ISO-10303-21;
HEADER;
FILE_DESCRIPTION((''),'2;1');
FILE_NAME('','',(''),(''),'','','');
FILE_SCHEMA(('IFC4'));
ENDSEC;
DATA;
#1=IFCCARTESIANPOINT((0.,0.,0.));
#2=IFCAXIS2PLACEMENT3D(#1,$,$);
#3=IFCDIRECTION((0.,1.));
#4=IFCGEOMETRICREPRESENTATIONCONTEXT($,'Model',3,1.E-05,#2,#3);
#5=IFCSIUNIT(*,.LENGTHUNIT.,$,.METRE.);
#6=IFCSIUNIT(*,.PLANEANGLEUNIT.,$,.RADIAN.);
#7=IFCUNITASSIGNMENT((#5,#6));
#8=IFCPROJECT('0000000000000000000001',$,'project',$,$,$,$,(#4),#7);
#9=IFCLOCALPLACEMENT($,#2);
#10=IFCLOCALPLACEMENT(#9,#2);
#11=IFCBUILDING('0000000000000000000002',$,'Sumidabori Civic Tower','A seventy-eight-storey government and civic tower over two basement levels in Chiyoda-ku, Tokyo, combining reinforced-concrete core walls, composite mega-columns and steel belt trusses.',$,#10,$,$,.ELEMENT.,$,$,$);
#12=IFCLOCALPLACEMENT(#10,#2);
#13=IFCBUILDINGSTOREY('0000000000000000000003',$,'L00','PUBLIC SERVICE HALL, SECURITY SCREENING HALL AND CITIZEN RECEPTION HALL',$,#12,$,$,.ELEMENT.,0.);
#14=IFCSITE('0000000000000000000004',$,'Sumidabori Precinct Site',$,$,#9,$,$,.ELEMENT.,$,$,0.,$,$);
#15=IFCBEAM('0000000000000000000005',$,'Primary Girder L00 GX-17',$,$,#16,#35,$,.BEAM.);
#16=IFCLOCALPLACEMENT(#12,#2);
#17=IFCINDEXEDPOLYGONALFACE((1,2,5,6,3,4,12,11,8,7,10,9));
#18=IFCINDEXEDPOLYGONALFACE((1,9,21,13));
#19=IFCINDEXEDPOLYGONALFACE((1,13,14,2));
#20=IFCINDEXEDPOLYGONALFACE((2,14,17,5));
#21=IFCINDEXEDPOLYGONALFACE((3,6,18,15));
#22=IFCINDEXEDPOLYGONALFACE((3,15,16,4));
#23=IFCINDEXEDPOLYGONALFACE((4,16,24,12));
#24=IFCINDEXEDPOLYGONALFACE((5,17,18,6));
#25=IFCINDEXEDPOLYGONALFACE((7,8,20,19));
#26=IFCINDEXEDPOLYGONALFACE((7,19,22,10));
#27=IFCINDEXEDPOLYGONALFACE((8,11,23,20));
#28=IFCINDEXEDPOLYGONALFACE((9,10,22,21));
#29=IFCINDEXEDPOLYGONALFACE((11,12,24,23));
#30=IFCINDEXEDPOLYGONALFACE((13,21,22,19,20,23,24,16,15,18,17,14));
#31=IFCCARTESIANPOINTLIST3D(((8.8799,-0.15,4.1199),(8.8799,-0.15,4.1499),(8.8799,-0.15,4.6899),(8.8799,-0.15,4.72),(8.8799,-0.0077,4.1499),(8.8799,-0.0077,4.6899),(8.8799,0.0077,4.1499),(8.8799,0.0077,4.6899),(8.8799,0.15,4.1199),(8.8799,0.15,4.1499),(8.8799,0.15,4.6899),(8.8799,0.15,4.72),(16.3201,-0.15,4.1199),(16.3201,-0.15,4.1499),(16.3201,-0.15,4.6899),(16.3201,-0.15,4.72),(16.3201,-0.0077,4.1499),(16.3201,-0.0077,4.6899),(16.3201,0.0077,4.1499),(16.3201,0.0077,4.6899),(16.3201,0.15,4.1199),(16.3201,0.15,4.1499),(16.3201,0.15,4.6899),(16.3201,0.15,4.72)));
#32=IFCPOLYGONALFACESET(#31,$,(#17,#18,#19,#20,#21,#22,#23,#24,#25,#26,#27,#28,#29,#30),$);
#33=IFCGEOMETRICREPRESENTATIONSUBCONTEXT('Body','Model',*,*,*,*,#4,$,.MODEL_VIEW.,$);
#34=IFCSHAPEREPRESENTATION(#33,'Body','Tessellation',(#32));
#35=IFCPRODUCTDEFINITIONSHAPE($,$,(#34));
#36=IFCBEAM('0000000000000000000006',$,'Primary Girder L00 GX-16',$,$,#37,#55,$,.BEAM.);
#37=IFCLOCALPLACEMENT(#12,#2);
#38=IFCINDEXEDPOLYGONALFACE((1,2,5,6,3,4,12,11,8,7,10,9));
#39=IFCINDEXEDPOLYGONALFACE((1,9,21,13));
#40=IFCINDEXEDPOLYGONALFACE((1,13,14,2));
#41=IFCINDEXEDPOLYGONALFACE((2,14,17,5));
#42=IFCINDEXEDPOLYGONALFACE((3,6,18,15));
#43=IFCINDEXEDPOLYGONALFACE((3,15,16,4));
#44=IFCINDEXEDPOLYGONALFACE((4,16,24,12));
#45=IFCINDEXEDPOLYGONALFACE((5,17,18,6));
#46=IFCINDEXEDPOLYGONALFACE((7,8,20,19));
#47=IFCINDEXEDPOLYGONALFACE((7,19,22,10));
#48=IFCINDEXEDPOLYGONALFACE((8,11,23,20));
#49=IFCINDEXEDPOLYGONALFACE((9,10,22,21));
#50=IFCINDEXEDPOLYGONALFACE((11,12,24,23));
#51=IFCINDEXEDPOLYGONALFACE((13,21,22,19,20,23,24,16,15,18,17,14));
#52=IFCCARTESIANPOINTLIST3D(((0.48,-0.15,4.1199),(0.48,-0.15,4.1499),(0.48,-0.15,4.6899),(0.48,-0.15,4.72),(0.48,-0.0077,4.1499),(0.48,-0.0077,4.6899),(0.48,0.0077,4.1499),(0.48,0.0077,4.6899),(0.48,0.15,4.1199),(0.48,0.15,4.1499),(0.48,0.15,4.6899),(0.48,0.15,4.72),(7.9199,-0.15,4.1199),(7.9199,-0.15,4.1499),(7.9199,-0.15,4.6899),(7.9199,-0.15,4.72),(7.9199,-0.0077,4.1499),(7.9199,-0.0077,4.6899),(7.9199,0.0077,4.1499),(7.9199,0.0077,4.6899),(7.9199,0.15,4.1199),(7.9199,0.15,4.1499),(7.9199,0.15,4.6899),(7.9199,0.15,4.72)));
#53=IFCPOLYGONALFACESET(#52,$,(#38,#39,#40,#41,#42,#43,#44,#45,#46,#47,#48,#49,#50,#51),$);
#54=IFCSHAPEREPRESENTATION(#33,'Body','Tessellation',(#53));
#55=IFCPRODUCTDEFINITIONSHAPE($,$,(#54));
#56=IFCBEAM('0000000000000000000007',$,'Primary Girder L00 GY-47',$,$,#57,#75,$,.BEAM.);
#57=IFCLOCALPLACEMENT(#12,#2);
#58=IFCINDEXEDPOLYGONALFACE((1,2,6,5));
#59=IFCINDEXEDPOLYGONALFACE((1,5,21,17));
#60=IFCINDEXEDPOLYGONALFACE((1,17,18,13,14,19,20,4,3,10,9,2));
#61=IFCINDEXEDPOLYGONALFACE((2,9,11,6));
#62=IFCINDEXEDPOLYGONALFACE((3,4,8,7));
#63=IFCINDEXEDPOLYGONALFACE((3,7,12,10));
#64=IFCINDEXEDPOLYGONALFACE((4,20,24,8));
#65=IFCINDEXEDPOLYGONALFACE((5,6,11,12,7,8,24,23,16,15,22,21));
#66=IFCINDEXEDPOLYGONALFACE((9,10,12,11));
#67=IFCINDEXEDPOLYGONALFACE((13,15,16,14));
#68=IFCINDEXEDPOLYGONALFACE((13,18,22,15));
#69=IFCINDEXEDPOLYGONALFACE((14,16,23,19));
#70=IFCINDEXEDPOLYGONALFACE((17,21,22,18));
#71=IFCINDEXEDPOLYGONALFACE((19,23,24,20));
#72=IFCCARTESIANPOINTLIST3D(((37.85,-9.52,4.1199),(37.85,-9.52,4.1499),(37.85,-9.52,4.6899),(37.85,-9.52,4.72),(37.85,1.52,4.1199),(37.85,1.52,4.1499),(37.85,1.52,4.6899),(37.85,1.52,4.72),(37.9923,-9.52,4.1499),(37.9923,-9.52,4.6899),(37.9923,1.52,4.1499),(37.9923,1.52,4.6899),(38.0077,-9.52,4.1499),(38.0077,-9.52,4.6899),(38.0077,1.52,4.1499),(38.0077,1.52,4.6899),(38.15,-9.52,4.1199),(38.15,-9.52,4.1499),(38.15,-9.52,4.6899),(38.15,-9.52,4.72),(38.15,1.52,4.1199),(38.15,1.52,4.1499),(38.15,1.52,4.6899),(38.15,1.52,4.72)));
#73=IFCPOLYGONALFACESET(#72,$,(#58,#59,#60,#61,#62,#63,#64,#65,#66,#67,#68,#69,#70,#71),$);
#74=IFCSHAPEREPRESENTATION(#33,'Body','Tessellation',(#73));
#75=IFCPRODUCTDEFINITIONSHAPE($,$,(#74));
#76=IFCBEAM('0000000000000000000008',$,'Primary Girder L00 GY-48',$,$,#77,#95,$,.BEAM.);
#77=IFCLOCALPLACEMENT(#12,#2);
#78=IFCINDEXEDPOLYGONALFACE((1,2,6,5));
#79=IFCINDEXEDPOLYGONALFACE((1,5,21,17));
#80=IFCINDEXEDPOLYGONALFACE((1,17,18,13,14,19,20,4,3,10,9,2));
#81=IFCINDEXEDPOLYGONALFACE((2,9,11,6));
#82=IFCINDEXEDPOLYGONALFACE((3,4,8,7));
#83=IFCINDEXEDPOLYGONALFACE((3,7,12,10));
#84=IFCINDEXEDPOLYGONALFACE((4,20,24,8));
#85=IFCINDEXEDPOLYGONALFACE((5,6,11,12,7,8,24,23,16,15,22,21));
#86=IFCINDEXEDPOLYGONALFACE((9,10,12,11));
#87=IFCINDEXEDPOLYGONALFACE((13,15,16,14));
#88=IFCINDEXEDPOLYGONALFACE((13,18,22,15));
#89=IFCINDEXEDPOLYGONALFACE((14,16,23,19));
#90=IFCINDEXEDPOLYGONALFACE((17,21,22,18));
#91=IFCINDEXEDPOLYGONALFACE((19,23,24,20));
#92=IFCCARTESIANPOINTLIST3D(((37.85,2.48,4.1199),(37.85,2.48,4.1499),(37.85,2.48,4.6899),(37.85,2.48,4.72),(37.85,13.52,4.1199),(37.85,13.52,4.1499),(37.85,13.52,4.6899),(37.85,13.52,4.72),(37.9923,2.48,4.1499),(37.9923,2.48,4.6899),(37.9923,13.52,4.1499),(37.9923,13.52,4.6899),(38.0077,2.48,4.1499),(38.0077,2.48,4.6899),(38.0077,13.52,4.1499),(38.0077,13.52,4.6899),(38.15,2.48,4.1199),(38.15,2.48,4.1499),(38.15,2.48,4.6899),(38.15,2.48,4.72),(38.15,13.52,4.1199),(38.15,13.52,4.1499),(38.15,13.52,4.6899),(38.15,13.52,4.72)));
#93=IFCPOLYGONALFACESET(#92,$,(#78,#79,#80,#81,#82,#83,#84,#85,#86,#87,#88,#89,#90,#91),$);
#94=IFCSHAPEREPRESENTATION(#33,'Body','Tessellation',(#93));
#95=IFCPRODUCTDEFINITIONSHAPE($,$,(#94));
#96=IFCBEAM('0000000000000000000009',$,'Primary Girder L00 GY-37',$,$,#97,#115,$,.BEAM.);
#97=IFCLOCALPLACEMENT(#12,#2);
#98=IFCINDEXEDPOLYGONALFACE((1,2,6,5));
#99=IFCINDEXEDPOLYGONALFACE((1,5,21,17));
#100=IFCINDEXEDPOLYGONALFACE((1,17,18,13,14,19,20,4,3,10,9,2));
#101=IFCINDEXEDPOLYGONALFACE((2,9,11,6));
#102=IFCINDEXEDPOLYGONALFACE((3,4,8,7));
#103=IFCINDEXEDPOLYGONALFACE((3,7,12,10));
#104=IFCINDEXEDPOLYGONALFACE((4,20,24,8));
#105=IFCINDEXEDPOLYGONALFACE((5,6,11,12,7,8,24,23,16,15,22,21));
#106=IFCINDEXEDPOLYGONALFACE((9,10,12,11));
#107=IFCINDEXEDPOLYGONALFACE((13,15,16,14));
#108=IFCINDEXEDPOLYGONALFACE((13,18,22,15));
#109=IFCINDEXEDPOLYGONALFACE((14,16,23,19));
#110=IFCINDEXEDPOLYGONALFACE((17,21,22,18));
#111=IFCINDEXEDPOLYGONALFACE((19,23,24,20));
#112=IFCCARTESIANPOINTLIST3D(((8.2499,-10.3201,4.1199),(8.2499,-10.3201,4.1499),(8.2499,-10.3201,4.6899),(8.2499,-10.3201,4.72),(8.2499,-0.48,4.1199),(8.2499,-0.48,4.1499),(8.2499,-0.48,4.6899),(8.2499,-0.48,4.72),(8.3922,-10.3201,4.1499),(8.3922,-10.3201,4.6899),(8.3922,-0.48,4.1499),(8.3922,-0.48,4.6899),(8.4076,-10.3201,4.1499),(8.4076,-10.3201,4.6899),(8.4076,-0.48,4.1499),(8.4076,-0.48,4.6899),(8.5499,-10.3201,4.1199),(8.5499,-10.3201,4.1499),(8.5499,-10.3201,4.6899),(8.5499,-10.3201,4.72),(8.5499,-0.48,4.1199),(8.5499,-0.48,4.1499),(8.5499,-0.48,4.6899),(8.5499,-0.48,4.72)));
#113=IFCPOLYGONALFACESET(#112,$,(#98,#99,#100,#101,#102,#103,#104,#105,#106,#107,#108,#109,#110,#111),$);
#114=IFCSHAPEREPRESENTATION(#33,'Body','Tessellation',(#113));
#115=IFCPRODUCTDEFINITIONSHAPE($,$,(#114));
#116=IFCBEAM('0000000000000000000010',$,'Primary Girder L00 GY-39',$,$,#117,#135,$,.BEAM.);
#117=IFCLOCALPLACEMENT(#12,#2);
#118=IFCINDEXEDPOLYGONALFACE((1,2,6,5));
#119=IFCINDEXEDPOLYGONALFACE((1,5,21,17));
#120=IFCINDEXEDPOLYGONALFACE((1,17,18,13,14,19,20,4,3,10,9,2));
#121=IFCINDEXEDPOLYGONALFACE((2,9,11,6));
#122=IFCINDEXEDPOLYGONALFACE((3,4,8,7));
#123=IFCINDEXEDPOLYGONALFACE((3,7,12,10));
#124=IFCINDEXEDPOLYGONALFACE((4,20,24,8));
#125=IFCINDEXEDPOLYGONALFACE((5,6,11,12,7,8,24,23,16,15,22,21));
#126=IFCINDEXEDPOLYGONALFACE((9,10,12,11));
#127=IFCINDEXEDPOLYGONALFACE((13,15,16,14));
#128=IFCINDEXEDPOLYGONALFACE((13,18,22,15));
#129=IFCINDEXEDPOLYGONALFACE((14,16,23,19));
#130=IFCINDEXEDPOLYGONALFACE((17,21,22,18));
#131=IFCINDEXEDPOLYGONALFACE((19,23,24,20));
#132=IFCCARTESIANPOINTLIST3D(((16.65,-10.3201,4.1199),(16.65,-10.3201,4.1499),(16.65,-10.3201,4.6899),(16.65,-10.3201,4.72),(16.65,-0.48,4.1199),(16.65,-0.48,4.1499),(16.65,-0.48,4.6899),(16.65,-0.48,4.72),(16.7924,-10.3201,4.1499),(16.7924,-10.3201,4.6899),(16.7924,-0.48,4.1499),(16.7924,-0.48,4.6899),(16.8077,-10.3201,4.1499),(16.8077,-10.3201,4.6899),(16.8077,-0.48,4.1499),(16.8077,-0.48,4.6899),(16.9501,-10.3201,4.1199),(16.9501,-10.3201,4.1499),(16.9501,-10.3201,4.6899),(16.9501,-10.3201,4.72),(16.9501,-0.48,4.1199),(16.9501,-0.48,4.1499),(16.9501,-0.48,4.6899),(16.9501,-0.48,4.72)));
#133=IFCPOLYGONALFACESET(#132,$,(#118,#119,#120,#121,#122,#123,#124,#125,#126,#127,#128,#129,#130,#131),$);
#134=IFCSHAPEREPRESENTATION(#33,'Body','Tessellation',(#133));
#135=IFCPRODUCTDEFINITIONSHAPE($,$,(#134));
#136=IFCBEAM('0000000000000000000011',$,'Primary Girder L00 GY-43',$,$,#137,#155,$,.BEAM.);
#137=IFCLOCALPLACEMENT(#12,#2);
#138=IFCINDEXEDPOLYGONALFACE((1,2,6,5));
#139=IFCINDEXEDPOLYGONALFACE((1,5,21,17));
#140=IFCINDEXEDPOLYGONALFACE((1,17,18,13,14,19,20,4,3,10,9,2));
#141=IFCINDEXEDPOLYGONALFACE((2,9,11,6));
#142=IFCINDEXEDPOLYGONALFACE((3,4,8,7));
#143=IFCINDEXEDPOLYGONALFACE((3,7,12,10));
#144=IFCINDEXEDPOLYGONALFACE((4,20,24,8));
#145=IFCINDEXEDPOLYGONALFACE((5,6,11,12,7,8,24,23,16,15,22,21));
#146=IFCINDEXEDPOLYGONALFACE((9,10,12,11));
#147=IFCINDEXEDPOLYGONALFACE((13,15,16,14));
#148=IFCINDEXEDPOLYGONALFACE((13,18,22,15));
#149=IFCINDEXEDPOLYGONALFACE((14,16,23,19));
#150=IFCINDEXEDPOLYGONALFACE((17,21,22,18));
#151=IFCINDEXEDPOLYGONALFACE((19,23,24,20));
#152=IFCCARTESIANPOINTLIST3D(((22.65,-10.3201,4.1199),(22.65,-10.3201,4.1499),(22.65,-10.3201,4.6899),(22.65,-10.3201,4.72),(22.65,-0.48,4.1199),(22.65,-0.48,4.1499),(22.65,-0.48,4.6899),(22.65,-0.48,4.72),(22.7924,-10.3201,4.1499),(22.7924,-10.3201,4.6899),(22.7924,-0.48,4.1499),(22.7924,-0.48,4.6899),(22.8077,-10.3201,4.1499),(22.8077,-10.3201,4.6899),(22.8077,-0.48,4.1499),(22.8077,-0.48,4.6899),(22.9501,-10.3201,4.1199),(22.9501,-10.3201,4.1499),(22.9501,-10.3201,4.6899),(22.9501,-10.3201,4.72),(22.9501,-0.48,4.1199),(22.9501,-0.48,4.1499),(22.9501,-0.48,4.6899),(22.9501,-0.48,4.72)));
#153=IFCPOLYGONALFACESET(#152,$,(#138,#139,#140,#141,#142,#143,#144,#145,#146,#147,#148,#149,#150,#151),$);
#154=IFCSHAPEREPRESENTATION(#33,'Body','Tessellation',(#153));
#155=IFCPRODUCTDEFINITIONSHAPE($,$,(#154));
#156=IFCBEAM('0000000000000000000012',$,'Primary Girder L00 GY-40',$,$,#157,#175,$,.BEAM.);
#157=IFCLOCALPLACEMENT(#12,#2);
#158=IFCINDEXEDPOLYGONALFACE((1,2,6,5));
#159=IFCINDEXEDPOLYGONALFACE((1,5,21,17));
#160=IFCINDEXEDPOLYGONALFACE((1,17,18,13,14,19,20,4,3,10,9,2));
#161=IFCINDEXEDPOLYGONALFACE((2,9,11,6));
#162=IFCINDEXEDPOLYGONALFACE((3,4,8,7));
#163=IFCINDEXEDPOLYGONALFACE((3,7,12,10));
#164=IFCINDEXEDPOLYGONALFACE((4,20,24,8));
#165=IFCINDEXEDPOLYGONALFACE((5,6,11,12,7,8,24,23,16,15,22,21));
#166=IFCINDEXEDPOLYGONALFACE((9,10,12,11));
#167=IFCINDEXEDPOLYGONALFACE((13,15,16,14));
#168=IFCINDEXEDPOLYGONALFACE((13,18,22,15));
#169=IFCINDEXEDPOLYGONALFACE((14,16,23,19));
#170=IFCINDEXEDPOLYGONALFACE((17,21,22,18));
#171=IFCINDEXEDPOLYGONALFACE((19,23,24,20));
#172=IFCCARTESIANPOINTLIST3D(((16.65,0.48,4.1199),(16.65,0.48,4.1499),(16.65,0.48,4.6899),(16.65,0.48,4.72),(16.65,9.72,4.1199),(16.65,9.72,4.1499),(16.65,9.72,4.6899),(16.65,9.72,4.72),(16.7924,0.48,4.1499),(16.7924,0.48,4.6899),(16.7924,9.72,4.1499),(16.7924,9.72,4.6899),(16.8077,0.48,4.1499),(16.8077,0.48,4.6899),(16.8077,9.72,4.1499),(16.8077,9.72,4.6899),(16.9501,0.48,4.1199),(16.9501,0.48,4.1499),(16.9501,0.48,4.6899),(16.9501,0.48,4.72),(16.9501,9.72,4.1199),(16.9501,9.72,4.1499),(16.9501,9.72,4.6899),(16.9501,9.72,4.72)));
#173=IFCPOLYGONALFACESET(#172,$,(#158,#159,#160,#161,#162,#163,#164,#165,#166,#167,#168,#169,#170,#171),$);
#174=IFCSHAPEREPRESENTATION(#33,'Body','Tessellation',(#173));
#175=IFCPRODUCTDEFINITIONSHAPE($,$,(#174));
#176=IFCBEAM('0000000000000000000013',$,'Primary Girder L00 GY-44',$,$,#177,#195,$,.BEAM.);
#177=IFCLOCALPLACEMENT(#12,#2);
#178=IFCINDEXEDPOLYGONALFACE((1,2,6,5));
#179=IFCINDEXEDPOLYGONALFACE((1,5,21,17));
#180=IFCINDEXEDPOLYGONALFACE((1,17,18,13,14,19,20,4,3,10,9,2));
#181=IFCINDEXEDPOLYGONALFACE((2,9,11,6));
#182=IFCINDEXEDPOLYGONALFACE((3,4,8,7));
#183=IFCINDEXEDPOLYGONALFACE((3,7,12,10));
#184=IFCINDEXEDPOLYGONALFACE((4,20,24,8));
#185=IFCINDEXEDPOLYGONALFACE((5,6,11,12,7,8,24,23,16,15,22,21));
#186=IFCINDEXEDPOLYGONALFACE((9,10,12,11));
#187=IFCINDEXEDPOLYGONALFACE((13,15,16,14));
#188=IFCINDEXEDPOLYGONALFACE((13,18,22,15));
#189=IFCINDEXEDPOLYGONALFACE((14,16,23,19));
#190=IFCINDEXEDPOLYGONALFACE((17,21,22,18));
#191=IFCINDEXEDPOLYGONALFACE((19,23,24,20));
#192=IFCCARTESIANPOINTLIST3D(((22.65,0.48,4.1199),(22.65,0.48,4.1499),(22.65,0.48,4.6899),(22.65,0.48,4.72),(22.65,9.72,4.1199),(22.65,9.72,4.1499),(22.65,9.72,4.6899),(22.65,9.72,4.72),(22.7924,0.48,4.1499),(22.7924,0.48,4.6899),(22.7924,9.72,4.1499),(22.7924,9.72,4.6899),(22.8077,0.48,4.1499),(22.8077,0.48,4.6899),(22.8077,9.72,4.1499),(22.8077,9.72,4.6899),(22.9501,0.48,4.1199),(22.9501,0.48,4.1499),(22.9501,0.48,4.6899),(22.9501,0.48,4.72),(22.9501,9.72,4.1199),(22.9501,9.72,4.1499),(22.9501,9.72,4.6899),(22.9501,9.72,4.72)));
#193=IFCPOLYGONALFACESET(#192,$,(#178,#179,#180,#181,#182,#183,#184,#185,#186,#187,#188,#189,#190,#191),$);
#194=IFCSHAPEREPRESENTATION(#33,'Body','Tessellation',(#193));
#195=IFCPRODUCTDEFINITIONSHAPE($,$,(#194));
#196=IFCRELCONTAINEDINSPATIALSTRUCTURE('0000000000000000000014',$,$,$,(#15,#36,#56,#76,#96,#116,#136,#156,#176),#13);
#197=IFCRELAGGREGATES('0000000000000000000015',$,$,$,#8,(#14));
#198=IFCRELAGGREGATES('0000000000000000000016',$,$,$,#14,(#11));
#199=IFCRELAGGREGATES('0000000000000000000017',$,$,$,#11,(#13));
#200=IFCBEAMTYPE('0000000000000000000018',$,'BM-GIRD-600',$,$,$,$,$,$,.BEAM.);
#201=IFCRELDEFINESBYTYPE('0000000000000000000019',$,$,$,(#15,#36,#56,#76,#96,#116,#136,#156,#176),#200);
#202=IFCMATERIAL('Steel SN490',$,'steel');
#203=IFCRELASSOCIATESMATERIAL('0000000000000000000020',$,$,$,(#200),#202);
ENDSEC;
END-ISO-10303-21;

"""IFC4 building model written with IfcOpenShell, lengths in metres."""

from ifc_helpers import new_model, si_unit, direction, frame, origin, origin_2d, place, context, subcontext, project, spatial, i_section, extrude, source, transform, mapped, material, material_profile, profile_set, type_object, element, save


model = new_model("IFC4")

# Units and contexts
model_context = context("Model", 3, precision=1e-05, world=origin(), true_north=direction((0.0, 1.0)))
body_context = subcontext(model_context, "Body", "Model", "MODEL_VIEW")
ifc_project = project(units=[si_unit("LENGTHUNIT", "METRE"), si_unit("PLANEANGLEUNIT", "RADIAN")], contexts=[model_context])

# Site, building, storey
site_placement = place(None, origin())
site = spatial("IfcSite", under=ifc_project, at=site_placement, Name="Sumidabori Precinct Site", CompositionType="ELEMENT", RefElevation=0.0)
building_placement = place(site_placement, origin())
building = spatial("IfcBuilding", under=site, at=building_placement, Name="Sumidabori Civic Tower", Description="A seventy-eight-storey government and civic tower over two basement levels in Chiyoda-ku, Tokyo, combining reinforced-concrete core walls, composite mega-columns and steel belt trusses.", CompositionType="ELEMENT")
storey_placement = place(building_placement, origin())
storey = spatial("IfcBuildingStorey", under=building, at=storey_placement, Name="L00", Description="PUBLIC SERVICE HALL, SECURITY SCREENING HALL AND CITIZEN RECEPTION HALL", CompositionType="ELEMENT", Elevation=0.0)

# Beams
ifc_material_1 = material(Name="Steel SN490", Category="steel")
ifc_material_profile_1 = material_profile(ifc_material_1, i_section(OverallWidth=0.3, OverallDepth=0.6001, WebThickness=0.0154, FlangeThickness=0.03, at=origin_2d()), Name="HE 600 B")
ifc_profile_set_1 = profile_set([ifc_material_profile_1], Name="Steel SN490")
beam_type = type_object("IfcBeamType", Name="BM-GIRD-600", PredefinedType="BEAM", material=ifc_profile_set_1)
shared_shape_1 = source(origin(), body_context, "Body", "SweptSolid", [
    extrude(i_section(OverallWidth=0.3, OverallDepth=0.6001, WebThickness=0.0154, FlangeThickness=0.03, at=origin_2d()), origin(), (0.0, 0.0, 1.0), 7.4402),
])
for number, where, z_axis, x_axis, name in (
    (1, (8.8799, 0.0, 4.4199), (1.0, 0.0, 0.0), (0.0, 1.0, 0.0), "Primary Girder L00 GX-17"),
):
    element("IfcBeam", number, at=place(storey_placement, frame(where, z_axis=z_axis, x_axis=x_axis)), inside=storey, type_object=beam_type, Name=name, PredefinedType="BEAM", context=body_context, shape_type="MappedRepresentation", body=[
        mapped(shared_shape_1, transform((0.0, 0.0, 0.0), x_axis=(1.0, 0.0, 0.0), y_axis=(0.0, 1.0, 0.0), z_axis=(0.0, 0.0, 1.0), scale=1.0)),
    ])
shared_shape_2 = source(origin(), body_context, "Body", "SweptSolid", [
    extrude(i_section(OverallWidth=0.3, OverallDepth=0.6001, WebThickness=0.0154, FlangeThickness=0.03, at=origin_2d()), origin(), (0.0, 0.0, 1.0), 7.4399),
])
beam_placement = place(storey_placement, frame((0.48, 0.0, 4.4199), z_axis=(1.0, 0.0, 0.0), x_axis=(0.0, 1.0, 0.0)))
element("IfcBeam", 2, at=beam_placement, inside=storey, type_object=beam_type, Name="Primary Girder L00 GX-16", PredefinedType="BEAM", context=body_context, shape_type="MappedRepresentation", body=[
    mapped(shared_shape_2, transform((0.0, 0.0, 0.0), x_axis=(1.0, 0.0, 0.0), y_axis=(0.0, 1.0, 0.0), z_axis=(0.0, 0.0, 1.0), scale=1.0)),
])
shared_shape_3 = source(origin(), body_context, "Body", "SweptSolid", [
    extrude(i_section(OverallWidth=0.3, OverallDepth=0.6001, WebThickness=0.0154, FlangeThickness=0.03, at=origin_2d()), origin(), (0.0, 0.0, 1.0), 11.04),
])
for number, where, z_axis, x_axis, name in (
    (3, (38.0, -9.52, 4.4199), (0.0, 1.0, 0.0), (-1.0, 0.0, 0.0), "Primary Girder L00 GY-47"),
    (4, (38.0, 2.48, 4.4199), (0.0, 1.0, 0.0), (-1.0, 0.0, 0.0), "Primary Girder L00 GY-48"),
):
    element("IfcBeam", number, at=place(storey_placement, frame(where, z_axis=z_axis, x_axis=x_axis)), inside=storey, type_object=beam_type, Name=name, PredefinedType="BEAM", context=body_context, shape_type="MappedRepresentation", body=[
        mapped(shared_shape_3, transform((0.0, 0.0, 0.0), x_axis=(1.0, 0.0, 0.0), y_axis=(0.0, 1.0, 0.0), z_axis=(0.0, 0.0, 1.0), scale=1.0)),
    ])
shared_shape_4 = source(origin(), body_context, "Body", "SweptSolid", [
    extrude(i_section(OverallWidth=0.3, OverallDepth=0.6001, WebThickness=0.0154, FlangeThickness=0.03, at=origin_2d()), origin(), (0.0, 0.0, 1.0), 9.8401),
])
for number, where, z_axis, x_axis, name in (
    (5, (8.3999, -10.3201, 4.4199), (0.0, 1.0, 0.0), (-1.0, 0.0, 0.0), "Primary Girder L00 GY-37"),
    (6, (16.8, -10.3201, 4.4199), (0.0, 1.0, 0.0), (-1.0, 0.0, 0.0), "Primary Girder L00 GY-39"),
    (7, (22.8, -10.3201, 4.4199), (0.0, 1.0, 0.0), (-1.0, 0.0, 0.0), "Primary Girder L00 GY-43"),
):
    element("IfcBeam", number, at=place(storey_placement, frame(where, z_axis=z_axis, x_axis=x_axis)), inside=storey, type_object=beam_type, Name=name, PredefinedType="BEAM", context=body_context, shape_type="MappedRepresentation", body=[
        mapped(shared_shape_4, transform((0.0, 0.0, 0.0), x_axis=(1.0, 0.0, 0.0), y_axis=(0.0, 1.0, 0.0), z_axis=(0.0, 0.0, 1.0), scale=1.0)),
    ])
shared_shape_5 = source(origin(), body_context, "Body", "SweptSolid", [
    extrude(i_section(OverallWidth=0.3, OverallDepth=0.6001, WebThickness=0.0154, FlangeThickness=0.03, at=origin_2d()), origin(), (0.0, 0.0, 1.0), 9.24),
])
for number, where, z_axis, x_axis, name in (
    (8, (16.8, 0.48, 4.4199), (0.0, 1.0, 0.0), (-1.0, 0.0, 0.0), "Primary Girder L00 GY-40"),
    (9, (22.8, 0.48, 4.4199), (0.0, 1.0, 0.0), (-1.0, 0.0, 0.0), "Primary Girder L00 GY-44"),
):
    element("IfcBeam", number, at=place(storey_placement, frame(where, z_axis=z_axis, x_axis=x_axis)), inside=storey, type_object=beam_type, Name=name, PredefinedType="BEAM", context=body_context, shape_type="MappedRepresentation", body=[
        mapped(shared_shape_5, transform((0.0, 0.0, 0.0), x_axis=(1.0, 0.0, 0.0), y_axis=(0.0, 1.0, 0.0), z_axis=(0.0, 0.0, 1.0), scale=1.0)),
    ])

save(model, "model.ifc")
